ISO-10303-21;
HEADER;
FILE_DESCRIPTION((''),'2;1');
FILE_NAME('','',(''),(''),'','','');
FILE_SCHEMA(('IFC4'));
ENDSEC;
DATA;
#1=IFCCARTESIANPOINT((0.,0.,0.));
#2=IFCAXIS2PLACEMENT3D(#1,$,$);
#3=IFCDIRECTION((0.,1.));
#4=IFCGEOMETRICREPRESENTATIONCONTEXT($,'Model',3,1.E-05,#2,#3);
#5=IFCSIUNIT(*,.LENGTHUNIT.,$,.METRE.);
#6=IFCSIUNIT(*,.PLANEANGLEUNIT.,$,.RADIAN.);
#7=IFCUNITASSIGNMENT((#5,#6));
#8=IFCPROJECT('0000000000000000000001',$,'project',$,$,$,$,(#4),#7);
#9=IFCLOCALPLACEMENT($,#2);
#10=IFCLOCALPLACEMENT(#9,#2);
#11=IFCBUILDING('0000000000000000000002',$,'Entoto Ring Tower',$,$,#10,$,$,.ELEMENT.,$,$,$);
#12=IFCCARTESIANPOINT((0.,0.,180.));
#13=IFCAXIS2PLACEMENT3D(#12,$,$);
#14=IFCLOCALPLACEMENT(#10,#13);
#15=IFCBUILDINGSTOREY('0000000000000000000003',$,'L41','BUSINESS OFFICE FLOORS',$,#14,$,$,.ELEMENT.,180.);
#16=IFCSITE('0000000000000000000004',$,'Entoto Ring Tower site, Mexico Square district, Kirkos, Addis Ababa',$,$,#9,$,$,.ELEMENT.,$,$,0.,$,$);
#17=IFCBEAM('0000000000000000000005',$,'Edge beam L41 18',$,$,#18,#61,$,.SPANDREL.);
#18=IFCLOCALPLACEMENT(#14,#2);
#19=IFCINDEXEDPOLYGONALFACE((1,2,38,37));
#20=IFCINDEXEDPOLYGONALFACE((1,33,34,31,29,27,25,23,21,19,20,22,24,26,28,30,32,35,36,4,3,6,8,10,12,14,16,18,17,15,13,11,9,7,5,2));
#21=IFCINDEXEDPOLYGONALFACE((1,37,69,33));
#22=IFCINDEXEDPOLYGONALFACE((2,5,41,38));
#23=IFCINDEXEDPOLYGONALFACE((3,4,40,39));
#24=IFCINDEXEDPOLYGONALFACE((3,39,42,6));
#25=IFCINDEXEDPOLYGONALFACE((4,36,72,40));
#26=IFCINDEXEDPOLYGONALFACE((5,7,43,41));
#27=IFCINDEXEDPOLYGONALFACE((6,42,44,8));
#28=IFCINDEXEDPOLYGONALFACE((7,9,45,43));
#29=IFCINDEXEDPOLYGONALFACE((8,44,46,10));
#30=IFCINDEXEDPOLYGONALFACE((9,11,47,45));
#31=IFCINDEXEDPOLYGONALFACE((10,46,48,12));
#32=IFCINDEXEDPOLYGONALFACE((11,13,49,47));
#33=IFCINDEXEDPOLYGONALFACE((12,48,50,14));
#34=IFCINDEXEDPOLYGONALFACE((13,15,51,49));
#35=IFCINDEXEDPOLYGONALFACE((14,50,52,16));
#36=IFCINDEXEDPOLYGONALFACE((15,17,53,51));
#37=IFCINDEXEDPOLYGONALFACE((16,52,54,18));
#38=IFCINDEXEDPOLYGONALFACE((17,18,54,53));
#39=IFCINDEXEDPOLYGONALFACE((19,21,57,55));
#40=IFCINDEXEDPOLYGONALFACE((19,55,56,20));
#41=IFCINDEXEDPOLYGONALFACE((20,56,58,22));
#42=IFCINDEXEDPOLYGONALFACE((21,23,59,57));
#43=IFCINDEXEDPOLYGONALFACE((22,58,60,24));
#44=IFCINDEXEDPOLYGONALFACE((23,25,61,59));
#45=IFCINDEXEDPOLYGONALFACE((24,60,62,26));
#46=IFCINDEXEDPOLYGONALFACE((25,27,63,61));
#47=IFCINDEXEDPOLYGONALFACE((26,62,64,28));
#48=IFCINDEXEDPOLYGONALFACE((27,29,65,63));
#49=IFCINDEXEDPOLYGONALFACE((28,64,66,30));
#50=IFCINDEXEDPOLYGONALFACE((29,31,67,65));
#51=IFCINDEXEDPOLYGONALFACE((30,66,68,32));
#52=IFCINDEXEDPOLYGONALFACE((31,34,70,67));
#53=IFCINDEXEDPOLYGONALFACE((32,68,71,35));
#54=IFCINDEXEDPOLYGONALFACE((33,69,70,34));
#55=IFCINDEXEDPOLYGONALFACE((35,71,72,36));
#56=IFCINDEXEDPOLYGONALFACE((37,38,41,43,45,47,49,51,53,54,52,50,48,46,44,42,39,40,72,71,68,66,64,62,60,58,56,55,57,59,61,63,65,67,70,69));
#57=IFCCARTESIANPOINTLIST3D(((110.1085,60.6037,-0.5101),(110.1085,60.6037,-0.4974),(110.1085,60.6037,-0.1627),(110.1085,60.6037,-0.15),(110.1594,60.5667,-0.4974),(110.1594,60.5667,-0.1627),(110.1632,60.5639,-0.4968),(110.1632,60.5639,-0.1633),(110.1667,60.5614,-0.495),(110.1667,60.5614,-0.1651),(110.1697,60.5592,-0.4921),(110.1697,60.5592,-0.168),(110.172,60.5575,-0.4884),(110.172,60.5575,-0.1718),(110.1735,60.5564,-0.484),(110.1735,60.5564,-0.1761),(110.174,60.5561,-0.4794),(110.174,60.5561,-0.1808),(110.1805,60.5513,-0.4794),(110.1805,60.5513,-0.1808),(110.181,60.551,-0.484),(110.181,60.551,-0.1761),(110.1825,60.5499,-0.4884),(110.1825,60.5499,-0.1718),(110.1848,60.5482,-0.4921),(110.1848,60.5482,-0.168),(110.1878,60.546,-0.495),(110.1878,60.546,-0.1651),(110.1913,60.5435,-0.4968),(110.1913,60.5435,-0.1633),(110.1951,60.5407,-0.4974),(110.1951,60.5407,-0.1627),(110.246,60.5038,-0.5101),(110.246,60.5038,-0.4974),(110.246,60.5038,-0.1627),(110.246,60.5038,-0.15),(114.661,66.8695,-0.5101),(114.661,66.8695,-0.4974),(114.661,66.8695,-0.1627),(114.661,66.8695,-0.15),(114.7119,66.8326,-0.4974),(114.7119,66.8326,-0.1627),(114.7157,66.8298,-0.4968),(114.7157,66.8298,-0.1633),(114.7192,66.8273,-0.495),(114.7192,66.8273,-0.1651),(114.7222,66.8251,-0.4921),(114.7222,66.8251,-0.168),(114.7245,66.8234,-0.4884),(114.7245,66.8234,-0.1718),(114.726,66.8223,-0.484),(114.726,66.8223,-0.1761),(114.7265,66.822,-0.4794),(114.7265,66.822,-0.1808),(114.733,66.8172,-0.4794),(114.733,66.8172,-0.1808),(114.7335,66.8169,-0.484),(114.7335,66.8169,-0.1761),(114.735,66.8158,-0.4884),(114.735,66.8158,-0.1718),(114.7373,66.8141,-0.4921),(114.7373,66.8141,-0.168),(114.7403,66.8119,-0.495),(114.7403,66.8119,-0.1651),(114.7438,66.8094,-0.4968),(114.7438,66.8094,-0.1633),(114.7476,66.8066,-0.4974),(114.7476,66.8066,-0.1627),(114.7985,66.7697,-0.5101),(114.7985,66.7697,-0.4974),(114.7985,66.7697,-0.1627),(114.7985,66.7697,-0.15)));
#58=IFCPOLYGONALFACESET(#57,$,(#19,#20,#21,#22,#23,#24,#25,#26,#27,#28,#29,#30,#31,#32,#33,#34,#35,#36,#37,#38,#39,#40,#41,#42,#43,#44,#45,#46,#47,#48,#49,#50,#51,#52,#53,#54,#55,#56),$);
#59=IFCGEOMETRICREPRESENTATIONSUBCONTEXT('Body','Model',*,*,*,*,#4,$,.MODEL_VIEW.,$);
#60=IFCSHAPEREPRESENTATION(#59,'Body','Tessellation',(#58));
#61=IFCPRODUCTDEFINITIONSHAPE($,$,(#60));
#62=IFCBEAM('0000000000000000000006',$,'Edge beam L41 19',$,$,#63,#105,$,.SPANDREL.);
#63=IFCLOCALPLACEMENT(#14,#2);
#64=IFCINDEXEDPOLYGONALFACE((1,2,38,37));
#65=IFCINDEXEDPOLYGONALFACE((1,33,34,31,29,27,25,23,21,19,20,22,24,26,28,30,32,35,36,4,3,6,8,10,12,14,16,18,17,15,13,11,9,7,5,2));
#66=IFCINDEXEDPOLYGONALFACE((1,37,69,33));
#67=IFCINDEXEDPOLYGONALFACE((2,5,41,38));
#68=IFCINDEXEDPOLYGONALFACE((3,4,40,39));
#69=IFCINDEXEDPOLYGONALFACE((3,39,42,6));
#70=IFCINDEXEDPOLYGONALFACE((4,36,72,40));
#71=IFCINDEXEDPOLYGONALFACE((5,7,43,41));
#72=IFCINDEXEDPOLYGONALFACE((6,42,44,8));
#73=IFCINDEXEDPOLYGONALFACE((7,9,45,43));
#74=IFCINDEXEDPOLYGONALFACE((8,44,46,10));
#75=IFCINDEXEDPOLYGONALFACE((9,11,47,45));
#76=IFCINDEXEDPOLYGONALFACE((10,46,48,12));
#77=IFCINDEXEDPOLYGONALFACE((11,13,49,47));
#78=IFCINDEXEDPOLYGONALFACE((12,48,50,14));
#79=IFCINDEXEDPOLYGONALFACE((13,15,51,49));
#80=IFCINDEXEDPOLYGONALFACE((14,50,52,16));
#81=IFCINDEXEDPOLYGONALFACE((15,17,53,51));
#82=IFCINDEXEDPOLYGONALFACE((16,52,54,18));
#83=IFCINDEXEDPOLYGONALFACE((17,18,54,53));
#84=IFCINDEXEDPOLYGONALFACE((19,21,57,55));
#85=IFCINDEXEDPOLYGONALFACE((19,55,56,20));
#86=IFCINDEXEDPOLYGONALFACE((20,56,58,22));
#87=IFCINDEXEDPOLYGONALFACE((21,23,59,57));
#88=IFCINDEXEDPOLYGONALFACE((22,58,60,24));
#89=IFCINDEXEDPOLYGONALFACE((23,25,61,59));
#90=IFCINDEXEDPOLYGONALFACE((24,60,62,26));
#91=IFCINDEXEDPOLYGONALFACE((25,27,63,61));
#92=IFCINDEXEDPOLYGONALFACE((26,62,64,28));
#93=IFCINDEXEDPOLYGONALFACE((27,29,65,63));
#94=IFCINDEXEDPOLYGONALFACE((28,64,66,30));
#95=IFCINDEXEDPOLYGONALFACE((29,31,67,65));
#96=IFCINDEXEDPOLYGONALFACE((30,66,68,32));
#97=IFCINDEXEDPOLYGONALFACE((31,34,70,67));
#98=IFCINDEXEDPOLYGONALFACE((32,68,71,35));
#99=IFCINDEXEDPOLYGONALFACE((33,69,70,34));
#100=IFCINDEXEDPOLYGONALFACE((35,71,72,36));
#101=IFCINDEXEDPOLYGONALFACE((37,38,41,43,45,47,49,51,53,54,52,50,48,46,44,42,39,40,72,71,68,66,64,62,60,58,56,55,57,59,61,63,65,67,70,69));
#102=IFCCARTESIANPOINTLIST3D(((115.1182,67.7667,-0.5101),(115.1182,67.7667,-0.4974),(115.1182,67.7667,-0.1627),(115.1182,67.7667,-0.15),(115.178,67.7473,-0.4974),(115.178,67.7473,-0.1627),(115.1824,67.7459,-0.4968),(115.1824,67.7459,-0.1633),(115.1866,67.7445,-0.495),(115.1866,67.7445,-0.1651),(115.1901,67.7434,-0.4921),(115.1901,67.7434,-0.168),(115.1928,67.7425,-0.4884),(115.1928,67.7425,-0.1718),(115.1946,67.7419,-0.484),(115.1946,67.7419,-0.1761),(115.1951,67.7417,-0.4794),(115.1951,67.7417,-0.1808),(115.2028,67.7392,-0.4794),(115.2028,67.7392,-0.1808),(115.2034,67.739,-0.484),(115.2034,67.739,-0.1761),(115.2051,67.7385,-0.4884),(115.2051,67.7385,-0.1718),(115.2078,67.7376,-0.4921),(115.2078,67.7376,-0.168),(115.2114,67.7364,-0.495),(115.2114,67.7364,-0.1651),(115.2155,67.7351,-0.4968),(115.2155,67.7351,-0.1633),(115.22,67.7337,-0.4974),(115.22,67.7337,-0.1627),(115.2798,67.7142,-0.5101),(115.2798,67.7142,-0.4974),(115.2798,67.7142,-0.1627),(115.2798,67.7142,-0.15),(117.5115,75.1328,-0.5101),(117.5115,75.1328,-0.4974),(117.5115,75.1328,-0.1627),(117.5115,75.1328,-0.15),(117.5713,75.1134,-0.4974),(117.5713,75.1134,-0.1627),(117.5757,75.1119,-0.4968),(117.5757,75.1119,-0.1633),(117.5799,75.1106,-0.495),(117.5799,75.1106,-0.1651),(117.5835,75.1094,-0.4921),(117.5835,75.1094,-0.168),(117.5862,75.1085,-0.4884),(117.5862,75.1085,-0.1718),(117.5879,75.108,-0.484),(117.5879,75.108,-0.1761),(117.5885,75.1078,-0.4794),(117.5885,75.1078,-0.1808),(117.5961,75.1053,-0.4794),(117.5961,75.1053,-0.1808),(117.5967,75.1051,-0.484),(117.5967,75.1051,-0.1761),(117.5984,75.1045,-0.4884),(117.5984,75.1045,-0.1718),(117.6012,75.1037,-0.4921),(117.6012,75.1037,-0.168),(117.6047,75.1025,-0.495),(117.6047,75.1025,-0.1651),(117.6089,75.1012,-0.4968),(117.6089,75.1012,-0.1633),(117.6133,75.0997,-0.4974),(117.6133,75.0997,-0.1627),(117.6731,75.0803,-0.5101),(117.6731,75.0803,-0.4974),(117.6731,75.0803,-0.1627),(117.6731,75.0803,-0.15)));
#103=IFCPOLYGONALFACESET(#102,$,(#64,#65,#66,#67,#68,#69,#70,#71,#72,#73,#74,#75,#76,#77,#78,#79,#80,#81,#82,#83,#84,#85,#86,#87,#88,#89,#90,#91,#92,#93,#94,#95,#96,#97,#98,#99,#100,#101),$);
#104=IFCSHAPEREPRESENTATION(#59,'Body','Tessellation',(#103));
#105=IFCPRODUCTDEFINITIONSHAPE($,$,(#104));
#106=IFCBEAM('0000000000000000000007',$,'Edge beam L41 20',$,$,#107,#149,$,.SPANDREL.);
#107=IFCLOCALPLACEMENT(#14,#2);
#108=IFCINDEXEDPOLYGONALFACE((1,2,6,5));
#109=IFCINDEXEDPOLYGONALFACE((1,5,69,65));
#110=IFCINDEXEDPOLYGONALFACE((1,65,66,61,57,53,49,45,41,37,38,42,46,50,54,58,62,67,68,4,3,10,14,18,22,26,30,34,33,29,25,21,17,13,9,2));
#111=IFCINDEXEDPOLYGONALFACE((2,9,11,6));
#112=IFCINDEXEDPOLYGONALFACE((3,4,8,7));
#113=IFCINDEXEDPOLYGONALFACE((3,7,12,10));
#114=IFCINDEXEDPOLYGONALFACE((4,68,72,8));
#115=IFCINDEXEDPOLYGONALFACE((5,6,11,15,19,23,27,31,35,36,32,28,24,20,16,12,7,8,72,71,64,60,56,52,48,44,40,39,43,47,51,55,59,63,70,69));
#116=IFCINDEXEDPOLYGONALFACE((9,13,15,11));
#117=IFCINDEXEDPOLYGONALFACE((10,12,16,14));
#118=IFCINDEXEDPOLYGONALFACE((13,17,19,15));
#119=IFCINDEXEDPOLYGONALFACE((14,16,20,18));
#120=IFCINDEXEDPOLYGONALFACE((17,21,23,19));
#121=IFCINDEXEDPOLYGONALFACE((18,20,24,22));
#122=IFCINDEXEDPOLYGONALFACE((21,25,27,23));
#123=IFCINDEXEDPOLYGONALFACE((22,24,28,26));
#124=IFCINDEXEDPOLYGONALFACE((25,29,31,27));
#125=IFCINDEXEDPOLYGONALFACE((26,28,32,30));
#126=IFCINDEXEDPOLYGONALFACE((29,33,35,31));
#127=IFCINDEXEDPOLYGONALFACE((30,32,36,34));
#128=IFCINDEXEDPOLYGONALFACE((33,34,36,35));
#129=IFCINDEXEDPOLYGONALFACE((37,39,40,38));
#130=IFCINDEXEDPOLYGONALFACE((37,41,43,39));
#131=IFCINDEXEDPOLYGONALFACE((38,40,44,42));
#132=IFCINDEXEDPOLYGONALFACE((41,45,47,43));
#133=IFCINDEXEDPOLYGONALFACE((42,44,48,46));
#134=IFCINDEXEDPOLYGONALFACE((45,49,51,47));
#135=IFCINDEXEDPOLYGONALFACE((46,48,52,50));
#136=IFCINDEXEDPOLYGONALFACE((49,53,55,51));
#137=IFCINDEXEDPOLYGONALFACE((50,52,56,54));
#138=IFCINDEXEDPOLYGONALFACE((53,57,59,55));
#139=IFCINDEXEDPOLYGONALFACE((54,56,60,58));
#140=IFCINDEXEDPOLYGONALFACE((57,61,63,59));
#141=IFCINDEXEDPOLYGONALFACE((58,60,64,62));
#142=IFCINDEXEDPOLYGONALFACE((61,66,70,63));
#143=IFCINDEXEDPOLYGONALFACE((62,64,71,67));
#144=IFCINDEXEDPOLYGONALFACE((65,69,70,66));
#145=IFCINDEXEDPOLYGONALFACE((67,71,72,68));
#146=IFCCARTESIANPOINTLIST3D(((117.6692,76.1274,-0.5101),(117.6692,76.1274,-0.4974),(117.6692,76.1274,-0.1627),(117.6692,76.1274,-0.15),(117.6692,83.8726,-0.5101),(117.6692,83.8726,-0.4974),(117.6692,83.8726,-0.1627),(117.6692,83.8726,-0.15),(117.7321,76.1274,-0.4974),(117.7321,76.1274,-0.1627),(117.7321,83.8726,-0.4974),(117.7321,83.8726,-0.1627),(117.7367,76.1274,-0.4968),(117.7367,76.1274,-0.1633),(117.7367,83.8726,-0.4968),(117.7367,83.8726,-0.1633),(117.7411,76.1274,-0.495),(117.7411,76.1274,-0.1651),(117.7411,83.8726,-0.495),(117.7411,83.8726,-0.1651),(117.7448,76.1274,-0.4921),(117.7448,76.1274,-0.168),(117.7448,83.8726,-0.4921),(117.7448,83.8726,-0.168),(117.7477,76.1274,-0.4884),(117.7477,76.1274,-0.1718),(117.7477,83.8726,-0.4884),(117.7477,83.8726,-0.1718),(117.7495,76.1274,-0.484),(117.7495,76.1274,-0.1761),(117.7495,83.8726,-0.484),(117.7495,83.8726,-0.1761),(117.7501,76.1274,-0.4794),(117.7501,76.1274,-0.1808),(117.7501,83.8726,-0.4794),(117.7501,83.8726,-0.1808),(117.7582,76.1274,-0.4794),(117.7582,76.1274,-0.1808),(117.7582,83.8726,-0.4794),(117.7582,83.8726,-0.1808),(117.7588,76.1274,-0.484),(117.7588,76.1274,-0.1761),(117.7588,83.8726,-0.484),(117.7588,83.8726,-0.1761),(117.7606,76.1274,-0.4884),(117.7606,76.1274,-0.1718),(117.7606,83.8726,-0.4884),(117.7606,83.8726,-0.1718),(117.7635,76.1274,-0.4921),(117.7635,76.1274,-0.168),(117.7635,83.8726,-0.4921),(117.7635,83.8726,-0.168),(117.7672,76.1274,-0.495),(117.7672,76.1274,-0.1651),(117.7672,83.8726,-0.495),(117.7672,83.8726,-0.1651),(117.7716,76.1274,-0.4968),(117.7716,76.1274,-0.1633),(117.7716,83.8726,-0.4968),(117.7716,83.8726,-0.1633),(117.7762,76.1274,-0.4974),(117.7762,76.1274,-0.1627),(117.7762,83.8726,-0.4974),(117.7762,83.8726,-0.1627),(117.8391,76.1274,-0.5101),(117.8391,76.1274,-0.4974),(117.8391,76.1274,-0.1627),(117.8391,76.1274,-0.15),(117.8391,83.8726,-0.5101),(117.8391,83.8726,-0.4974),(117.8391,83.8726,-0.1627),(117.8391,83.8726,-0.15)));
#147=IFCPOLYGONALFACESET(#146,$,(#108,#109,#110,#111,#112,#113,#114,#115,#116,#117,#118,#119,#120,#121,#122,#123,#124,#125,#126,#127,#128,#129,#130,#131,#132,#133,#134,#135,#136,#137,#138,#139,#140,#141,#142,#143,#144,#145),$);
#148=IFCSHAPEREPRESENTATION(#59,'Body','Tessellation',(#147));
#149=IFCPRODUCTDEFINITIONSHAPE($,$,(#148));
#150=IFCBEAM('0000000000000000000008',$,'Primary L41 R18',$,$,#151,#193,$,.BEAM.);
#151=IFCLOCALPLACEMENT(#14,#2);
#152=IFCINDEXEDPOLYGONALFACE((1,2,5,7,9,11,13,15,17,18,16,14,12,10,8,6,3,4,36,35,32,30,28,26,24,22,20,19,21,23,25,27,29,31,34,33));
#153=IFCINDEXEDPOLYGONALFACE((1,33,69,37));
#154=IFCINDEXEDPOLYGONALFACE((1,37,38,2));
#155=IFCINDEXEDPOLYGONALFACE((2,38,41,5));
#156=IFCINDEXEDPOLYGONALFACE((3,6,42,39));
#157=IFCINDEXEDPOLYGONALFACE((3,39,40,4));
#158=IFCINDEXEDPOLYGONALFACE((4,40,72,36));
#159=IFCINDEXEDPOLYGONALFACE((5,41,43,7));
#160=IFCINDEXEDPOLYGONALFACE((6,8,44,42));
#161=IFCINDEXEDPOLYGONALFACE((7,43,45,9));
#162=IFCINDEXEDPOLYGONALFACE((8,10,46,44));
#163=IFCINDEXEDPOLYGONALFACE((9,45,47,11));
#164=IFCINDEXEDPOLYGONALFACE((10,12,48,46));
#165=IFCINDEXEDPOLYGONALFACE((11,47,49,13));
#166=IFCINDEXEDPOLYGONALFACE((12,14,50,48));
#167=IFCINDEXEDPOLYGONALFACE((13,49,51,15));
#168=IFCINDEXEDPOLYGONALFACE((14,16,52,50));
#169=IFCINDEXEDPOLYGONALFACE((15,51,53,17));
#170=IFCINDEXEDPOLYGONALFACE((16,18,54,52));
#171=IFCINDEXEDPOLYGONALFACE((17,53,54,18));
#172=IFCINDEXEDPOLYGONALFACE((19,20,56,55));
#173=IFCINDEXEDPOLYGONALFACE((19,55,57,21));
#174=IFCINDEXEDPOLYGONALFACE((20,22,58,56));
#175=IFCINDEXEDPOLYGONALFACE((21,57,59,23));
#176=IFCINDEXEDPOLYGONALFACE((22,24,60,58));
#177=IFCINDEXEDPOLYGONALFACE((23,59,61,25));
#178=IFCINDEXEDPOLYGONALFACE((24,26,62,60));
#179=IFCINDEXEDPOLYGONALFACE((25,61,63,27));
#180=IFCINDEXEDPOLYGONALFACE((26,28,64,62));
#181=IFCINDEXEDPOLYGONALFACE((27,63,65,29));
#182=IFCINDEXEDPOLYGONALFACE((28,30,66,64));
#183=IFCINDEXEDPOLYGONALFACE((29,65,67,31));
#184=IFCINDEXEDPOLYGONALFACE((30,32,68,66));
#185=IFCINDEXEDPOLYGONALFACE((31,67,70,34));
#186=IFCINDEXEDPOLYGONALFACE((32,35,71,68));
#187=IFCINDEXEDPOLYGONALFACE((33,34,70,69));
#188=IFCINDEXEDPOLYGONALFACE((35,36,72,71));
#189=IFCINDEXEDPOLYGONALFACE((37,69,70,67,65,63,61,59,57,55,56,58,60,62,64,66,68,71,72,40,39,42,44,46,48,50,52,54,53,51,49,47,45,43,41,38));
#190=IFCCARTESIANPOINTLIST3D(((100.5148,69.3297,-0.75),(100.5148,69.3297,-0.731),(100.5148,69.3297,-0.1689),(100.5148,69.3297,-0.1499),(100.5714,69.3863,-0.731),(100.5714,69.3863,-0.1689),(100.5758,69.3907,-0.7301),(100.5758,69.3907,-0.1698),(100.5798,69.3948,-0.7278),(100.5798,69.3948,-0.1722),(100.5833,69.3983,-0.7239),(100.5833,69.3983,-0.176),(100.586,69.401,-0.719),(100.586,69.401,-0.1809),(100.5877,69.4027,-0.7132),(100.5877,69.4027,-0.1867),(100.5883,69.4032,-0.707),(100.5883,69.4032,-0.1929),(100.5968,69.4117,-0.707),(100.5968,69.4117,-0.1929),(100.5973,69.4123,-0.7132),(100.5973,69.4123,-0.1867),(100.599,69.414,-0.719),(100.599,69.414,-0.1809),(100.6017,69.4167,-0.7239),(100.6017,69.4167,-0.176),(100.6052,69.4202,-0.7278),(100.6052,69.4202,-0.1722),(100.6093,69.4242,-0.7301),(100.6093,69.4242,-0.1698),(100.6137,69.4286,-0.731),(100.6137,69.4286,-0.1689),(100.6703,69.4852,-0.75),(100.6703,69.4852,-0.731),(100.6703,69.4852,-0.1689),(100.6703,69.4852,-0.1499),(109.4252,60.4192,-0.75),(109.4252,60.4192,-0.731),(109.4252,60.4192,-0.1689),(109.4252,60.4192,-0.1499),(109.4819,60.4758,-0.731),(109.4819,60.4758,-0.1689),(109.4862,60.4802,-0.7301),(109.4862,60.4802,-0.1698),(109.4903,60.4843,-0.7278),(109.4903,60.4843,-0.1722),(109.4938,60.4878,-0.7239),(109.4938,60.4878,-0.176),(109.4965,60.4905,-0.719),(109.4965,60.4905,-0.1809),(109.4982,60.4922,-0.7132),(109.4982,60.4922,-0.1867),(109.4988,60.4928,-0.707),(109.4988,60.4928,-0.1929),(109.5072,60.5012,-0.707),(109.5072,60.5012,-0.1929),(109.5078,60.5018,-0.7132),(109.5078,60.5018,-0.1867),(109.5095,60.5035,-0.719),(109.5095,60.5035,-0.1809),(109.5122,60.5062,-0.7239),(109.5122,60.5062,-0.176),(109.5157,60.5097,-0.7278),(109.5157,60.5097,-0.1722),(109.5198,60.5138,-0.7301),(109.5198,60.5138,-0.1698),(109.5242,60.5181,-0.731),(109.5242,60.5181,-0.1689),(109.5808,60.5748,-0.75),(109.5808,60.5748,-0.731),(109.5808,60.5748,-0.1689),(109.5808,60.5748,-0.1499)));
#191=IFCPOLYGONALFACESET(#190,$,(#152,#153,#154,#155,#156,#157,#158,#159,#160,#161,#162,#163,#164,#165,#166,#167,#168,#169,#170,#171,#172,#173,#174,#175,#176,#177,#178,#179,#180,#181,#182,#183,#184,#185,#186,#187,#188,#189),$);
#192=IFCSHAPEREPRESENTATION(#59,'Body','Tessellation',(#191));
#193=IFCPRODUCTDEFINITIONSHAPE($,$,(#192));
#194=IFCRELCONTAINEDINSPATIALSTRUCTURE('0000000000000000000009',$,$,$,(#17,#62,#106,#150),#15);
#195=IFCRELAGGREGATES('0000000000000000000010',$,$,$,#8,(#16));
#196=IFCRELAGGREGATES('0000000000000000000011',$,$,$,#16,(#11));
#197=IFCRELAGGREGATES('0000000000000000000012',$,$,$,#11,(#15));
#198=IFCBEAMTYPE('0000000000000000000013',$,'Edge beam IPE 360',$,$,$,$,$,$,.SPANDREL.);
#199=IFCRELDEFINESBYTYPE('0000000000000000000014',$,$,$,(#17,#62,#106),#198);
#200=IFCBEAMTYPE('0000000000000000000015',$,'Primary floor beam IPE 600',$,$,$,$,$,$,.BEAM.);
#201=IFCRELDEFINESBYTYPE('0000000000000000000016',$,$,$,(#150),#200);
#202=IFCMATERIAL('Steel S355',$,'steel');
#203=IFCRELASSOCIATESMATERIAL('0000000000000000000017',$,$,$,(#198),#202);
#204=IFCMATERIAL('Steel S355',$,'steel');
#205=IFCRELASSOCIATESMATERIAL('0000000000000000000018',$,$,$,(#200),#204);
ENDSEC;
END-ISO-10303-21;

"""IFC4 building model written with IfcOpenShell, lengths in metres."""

from ifc_helpers import new_model, si_unit, direction, frame, origin, origin_2d, place, context, subcontext, project, spatial, i_section, extrude, material, material_profile, profile_set, type_object, element, save


model = new_model("IFC4")

# Units and contexts
model_context = context("Model", 3, precision=1e-05, world=origin(), true_north=direction((0.0, 1.0)))
body_context = subcontext(model_context, "Body", "Model", "MODEL_VIEW")
ifc_project = project(units=[si_unit("LENGTHUNIT", "METRE"), si_unit("PLANEANGLEUNIT", "RADIAN")], contexts=[model_context])

# Site, building, storey
site_placement = place(None, origin())
site = spatial("IfcSite", under=ifc_project, at=site_placement, Name="Entoto Ring Tower site, Mexico Square district, Kirkos, Addis Ababa", CompositionType="ELEMENT", RefElevation=0.0)
building_placement = place(site_placement, origin())
building = spatial("IfcBuilding", under=site, at=building_placement, Name="Entoto Ring Tower", CompositionType="ELEMENT")
storey_placement = place(building_placement, frame((0.0, 0.0, 180.0)))
storey = spatial("IfcBuildingStorey", under=building, at=storey_placement, Name="L41", Description="BUSINESS OFFICE FLOORS", CompositionType="ELEMENT", Elevation=180.0)

# Beams
ifc_material_1 = material(Name="Steel S355", Category="steel")
ifc_material_profile_1 = material_profile(ifc_material_1, i_section(OverallWidth=0.1699, OverallDepth=0.3601, WebThickness=0.0081, FlangeThickness=0.0127, FilletRadius=0.0181, at=origin_2d()), Name="IPE 360")
ifc_profile_set_1 = profile_set([ifc_material_profile_1], Name="Steel S355")
beam_type_1 = type_object("IfcBeamType", Name="Edge beam IPE 360", PredefinedType="SPANDREL", material=ifc_profile_set_1)
for number, where, z_axis, x_axis, name in (
    (1, (110.1772, 60.5537, -0.3301), (0.587791, 0.809013, 0.0), (-0.809013, 0.587791, 0.0), "Edge beam L41 18"),
    (2, (115.199, 67.7405, -0.3301), (0.309013, 0.951058, 0.0), (-0.951058, 0.309013, 0.0), "Edge beam L41 19"),
    (3, (117.7542, 76.1274, -0.3301), (0.0, 1.0, 0.0), (-1.0, 0.0, 0.0), "Edge beam L41 20"),
):
    element("IfcBeam", number, at=place(storey_placement, frame(where, z_axis=z_axis, x_axis=x_axis)), inside=storey, type_object=beam_type_1, Name=name, PredefinedType="SPANDREL", context=body_context, shape_type="SweptSolid", body=[
        extrude(i_section(OverallWidth=0.1699, OverallDepth=0.3601, WebThickness=0.0081, FlangeThickness=0.0127, FilletRadius=0.0181, at=origin_2d()), origin(), (0.0, 0.0, 1.0), 7.7451),
    ])
ifc_material_2 = material(Name="Steel S355", Category="steel")
ifc_material_profile_2 = material_profile(ifc_material_2, i_section(OverallWidth=0.22, OverallDepth=0.6001, WebThickness=0.012, FlangeThickness=0.019, FilletRadius=0.0239, at=origin_2d()), Name="IPE 600")
ifc_profile_set_2 = profile_set([ifc_material_profile_2], Name="Steel S355")
beam_type_2 = type_object("IfcBeamType", Name="Primary floor beam IPE 600", PredefinedType="BEAM", material=ifc_profile_set_2)
beam_1_placement = place(storey_placement, frame((100.5925, 69.4075, -0.45), z_axis=(0.707107, -0.707107, 0.0), x_axis=(0.707107, 0.707107, 0.0)))
element("IfcBeam", 4, at=beam_1_placement, inside=storey, type_object=beam_type_2, Name="Primary L41 R18", PredefinedType="BEAM", context=body_context, shape_type="SweptSolid", body=[
    extrude(i_section(OverallWidth=0.22, OverallDepth=0.6001, WebThickness=0.012, FlangeThickness=0.019, FilletRadius=0.0239, at=origin_2d()), origin(), (0.0, 0.0, 1.0), 12.6013),
])

save(model, "model.ifc")
